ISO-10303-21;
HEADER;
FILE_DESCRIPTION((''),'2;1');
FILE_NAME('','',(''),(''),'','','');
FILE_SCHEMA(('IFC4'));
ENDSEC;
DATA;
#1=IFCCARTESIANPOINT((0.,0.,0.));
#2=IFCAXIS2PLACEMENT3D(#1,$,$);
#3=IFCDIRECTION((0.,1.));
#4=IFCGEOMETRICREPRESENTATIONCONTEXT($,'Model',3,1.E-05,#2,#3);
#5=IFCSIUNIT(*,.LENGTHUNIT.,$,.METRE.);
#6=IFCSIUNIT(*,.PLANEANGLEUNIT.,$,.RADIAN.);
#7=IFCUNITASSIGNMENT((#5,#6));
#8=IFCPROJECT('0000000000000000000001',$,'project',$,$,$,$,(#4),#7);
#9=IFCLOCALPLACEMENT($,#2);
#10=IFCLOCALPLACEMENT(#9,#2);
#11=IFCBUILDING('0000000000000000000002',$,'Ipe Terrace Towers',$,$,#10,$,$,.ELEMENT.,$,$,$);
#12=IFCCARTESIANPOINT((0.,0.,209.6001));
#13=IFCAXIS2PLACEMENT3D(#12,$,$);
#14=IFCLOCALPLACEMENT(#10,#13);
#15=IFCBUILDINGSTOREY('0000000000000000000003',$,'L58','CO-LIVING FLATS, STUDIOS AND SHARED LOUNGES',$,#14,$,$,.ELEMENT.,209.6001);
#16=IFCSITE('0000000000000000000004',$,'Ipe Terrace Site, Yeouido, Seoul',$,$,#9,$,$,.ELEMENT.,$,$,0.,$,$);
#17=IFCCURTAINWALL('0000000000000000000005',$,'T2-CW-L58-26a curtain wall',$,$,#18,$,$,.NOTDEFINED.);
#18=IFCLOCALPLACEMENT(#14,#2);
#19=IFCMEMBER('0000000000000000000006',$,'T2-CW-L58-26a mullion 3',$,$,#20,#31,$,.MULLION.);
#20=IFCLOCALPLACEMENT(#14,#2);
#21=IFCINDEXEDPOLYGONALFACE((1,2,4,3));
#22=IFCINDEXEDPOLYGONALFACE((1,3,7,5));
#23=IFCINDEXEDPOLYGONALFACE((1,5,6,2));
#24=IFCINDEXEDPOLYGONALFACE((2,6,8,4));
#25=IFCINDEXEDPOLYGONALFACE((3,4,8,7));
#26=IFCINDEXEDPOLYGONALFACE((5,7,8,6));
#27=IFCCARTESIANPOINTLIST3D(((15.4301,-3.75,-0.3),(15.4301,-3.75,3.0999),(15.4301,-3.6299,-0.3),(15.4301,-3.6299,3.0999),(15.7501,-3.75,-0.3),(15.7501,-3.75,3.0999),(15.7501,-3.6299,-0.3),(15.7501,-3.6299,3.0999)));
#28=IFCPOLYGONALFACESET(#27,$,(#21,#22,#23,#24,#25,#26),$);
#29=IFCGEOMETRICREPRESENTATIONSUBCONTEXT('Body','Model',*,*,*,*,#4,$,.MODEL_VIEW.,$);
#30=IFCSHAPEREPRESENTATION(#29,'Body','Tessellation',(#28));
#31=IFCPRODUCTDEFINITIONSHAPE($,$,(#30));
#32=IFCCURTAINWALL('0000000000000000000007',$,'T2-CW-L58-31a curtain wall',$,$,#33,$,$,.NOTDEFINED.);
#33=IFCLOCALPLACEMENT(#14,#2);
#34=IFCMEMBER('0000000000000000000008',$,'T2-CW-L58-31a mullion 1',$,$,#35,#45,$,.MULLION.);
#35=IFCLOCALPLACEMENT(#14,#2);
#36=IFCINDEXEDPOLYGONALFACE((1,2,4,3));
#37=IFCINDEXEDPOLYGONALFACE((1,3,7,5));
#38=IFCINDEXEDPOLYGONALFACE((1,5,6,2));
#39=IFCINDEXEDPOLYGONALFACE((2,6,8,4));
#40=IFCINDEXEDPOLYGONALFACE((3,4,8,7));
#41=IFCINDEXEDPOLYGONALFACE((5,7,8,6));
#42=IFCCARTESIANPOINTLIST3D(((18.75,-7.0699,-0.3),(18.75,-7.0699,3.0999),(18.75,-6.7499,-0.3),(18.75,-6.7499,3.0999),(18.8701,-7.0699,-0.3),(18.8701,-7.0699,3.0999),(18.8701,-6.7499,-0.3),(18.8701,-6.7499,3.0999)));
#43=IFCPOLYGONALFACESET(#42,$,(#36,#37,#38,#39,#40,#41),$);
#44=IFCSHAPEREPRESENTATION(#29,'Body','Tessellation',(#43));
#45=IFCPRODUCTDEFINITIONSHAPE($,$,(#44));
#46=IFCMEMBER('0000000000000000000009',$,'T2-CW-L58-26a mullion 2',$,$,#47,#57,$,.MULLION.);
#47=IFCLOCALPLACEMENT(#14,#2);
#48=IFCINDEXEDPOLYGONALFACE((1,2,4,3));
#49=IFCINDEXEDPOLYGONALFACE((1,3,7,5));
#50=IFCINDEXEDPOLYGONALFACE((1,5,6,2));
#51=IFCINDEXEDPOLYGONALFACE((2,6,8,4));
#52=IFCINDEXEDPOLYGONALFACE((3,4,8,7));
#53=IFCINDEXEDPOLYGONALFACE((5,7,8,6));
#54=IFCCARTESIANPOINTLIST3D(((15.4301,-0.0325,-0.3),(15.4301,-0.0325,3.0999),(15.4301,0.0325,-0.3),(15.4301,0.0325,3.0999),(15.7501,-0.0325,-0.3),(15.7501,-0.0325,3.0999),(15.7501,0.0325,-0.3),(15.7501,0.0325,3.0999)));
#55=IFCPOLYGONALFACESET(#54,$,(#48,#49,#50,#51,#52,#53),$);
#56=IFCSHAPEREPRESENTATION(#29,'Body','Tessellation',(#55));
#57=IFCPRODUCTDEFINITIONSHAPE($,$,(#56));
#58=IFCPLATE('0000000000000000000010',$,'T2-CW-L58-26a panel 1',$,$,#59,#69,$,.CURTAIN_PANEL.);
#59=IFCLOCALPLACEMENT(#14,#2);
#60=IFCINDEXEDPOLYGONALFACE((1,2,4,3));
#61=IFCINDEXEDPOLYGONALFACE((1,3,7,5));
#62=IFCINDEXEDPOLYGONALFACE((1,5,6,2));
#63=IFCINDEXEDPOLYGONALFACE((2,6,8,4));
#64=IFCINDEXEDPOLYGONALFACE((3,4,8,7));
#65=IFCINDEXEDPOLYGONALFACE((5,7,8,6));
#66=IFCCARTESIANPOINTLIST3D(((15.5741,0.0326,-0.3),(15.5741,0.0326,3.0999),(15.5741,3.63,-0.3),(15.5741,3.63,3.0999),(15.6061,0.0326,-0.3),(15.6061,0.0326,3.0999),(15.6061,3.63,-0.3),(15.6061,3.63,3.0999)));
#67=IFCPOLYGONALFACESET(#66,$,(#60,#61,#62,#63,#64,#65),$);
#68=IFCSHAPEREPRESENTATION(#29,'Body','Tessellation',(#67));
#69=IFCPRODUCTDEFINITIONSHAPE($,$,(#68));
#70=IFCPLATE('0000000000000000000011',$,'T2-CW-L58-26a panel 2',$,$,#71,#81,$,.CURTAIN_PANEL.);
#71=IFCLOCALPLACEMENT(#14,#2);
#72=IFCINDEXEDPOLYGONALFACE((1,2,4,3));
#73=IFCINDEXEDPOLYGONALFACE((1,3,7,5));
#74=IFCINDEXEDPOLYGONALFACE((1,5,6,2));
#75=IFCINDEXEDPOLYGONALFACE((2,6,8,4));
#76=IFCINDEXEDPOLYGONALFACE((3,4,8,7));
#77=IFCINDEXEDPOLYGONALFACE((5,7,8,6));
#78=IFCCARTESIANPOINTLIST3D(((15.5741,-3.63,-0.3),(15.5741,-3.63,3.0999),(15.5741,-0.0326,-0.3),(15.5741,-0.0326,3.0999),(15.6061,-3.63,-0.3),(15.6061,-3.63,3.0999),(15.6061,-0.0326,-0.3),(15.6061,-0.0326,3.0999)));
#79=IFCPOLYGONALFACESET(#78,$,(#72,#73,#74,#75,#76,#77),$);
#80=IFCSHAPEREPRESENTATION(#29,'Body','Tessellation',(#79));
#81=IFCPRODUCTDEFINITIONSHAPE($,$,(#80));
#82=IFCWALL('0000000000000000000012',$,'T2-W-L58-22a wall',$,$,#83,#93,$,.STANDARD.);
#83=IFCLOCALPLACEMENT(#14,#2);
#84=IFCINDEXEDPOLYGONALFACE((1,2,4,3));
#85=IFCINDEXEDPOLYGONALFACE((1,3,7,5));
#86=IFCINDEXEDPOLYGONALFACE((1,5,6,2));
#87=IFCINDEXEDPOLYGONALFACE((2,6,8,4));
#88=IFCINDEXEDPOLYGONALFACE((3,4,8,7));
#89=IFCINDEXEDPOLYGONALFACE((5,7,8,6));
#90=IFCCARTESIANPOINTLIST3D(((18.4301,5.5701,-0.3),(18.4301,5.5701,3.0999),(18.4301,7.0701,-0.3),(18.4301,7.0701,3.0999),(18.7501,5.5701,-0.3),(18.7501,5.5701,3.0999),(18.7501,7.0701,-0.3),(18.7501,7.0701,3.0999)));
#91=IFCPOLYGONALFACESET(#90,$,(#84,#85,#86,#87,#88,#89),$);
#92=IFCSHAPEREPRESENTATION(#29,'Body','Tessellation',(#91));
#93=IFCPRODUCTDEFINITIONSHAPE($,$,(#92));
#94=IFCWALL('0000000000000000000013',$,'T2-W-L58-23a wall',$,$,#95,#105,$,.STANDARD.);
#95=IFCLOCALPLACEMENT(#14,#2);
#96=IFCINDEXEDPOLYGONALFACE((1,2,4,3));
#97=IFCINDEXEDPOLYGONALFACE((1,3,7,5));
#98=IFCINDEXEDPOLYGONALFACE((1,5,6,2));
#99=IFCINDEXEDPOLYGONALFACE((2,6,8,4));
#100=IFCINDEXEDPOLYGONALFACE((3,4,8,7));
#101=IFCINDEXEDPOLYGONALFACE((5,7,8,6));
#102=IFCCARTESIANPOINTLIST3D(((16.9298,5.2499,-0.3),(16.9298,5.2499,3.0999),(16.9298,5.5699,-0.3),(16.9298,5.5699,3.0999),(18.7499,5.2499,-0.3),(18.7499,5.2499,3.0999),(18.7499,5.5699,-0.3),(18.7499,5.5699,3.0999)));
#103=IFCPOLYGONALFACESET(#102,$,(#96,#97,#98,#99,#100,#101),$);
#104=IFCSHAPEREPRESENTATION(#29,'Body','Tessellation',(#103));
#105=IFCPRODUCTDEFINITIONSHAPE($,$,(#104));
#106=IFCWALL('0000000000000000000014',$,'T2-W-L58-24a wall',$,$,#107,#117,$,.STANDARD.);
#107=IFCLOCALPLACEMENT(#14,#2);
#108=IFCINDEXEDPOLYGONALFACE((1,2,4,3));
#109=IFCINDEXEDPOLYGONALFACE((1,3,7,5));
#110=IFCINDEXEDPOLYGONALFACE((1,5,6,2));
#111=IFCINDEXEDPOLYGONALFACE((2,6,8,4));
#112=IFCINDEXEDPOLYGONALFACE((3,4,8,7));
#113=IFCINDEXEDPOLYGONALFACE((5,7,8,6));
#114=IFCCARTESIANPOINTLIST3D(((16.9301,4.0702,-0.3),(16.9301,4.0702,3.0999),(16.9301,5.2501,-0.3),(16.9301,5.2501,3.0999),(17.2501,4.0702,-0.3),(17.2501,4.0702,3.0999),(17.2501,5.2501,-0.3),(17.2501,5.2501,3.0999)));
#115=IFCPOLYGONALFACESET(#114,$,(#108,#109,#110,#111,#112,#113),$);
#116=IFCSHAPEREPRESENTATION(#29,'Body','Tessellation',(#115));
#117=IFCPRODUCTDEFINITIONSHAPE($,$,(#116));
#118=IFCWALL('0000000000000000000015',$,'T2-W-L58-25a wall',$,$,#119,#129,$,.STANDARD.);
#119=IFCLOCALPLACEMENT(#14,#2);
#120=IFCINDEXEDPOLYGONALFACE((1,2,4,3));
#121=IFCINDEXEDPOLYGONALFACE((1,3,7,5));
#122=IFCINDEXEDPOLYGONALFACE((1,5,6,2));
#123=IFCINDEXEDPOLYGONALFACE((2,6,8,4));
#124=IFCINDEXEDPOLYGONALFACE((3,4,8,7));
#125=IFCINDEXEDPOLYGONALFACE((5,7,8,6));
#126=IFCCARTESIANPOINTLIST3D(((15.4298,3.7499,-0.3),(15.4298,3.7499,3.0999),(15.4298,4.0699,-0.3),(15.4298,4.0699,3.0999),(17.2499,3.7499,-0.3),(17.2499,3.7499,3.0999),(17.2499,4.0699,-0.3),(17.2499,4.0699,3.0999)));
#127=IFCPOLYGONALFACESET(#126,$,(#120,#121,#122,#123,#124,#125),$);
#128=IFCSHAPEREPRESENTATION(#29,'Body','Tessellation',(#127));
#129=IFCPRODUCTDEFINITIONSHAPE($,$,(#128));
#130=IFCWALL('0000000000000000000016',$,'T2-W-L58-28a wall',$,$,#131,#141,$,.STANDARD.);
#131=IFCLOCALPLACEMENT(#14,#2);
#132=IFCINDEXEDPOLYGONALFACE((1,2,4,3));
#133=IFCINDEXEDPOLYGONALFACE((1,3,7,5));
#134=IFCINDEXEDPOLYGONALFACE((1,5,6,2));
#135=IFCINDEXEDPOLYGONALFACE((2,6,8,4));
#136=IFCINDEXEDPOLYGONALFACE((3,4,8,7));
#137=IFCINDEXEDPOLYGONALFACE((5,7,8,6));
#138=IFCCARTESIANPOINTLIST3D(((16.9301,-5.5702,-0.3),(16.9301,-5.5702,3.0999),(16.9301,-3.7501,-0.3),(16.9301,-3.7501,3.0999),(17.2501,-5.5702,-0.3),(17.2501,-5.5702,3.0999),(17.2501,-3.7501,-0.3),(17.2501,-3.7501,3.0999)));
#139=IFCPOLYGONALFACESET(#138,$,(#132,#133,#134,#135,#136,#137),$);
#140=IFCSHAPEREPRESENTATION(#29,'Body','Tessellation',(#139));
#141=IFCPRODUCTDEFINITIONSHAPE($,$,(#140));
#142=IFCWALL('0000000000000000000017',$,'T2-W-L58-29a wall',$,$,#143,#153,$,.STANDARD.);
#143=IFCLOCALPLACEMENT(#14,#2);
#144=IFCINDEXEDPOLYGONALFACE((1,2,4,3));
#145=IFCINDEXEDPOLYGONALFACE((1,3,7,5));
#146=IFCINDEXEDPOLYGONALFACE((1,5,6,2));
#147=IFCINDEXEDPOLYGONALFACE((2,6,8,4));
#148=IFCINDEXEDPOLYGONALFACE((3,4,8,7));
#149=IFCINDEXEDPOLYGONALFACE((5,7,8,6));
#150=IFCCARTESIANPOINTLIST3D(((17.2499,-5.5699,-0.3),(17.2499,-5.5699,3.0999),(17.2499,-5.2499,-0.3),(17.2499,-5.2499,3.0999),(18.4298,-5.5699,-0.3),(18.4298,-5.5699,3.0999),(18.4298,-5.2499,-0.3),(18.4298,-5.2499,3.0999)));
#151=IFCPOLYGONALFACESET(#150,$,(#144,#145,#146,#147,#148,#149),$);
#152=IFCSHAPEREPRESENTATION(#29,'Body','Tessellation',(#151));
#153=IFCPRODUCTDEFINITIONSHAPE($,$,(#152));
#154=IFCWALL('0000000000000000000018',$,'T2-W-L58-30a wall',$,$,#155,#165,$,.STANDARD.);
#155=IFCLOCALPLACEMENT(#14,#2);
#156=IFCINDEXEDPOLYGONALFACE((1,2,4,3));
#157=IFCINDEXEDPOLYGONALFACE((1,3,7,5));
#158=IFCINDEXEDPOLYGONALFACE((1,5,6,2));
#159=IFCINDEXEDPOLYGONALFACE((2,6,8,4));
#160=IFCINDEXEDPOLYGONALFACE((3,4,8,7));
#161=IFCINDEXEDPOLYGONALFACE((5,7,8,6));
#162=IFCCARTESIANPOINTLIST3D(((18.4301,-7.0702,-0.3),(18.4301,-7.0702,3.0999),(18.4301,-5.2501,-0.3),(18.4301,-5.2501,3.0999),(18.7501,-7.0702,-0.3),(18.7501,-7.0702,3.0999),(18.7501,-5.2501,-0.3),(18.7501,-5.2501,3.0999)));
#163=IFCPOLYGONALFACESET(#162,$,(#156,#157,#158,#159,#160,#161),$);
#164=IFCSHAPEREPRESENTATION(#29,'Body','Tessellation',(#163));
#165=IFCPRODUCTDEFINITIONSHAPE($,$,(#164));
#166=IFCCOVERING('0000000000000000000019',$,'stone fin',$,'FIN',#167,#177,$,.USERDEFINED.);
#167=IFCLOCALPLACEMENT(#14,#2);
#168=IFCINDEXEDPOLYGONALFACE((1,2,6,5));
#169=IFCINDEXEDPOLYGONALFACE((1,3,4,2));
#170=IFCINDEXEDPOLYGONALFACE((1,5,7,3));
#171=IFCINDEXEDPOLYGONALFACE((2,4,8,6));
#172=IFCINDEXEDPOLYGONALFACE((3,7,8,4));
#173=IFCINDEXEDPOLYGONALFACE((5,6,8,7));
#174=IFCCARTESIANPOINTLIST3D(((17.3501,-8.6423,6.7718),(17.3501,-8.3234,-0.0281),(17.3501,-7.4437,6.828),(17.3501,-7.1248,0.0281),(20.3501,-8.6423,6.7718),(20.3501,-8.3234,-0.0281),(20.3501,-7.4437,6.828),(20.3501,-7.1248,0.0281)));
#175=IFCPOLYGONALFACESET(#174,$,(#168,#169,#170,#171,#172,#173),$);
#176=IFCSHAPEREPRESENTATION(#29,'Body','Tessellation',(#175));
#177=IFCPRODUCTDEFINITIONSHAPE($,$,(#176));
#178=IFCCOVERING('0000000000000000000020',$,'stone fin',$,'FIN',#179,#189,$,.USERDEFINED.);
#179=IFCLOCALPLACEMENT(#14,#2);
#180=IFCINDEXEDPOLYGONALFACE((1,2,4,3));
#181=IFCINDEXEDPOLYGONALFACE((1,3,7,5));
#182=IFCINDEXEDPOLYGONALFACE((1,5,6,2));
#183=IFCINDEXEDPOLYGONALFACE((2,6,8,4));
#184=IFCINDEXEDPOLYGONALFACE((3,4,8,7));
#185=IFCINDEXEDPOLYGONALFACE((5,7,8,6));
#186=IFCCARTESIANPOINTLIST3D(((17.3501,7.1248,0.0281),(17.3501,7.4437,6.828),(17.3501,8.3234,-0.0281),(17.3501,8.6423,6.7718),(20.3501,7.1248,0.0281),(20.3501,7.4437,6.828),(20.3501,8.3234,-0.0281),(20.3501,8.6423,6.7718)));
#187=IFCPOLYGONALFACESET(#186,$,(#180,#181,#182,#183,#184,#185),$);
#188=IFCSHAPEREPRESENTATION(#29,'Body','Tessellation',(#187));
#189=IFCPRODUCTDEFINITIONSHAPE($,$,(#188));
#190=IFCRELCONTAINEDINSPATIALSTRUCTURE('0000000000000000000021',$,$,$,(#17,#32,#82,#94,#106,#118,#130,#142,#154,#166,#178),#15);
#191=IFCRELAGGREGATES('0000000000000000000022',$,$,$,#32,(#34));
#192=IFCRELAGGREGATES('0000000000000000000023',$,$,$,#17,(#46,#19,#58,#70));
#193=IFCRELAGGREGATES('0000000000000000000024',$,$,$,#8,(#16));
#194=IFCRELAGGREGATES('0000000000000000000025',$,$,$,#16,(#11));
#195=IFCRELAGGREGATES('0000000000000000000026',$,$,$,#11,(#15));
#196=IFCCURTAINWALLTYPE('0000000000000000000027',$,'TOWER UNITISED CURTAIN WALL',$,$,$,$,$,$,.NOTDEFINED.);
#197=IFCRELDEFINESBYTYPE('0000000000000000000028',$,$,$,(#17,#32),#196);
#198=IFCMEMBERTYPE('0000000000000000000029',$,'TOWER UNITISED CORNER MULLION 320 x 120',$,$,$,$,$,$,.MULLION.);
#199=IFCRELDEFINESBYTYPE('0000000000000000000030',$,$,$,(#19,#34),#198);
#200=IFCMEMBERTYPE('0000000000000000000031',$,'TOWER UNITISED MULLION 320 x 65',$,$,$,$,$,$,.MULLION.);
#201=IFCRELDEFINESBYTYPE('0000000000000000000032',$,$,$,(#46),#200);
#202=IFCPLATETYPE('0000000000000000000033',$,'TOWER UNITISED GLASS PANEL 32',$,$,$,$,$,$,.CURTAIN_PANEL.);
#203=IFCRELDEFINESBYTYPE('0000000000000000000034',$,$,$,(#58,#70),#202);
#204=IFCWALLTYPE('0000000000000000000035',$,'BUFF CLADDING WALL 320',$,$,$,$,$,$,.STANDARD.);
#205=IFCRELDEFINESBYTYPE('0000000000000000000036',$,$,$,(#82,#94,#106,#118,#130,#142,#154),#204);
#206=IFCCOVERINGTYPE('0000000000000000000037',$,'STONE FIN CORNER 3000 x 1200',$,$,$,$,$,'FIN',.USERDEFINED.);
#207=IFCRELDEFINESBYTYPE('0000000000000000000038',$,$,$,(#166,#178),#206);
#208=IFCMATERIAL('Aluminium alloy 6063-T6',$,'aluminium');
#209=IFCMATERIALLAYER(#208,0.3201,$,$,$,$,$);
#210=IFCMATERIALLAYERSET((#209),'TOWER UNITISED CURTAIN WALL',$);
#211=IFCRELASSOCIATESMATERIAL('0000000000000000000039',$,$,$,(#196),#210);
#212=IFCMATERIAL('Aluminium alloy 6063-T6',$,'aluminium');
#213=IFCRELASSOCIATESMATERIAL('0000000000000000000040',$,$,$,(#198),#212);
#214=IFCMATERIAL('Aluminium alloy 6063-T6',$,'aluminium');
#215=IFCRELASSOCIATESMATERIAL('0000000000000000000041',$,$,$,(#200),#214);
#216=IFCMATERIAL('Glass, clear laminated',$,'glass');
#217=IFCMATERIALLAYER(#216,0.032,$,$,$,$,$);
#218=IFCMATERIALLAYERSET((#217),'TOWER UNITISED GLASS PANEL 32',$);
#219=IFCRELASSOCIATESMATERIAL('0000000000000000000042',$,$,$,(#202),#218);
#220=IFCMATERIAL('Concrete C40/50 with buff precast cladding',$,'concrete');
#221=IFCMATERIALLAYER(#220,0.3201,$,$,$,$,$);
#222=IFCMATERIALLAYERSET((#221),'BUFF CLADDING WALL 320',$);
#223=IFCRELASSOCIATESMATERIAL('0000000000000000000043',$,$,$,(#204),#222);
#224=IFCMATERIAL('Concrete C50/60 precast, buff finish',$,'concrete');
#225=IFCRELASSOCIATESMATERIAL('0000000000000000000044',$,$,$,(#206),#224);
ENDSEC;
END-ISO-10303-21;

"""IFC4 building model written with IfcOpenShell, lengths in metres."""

from ifc_helpers import new_model, si_unit, direction, frame, frame_2d, origin, origin_2d, place, context, subcontext, project, spatial, rectangle, extrude, material, layer, layer_set, material_profile, profile_set, type_object, element, aggregate, save


model = new_model("IFC4")

# Units and contexts
model_context = context("Model", 3, precision=1e-05, world=origin(), true_north=direction((0.0, 1.0)))
body_context = subcontext(model_context, "Body", "Model", "MODEL_VIEW")
ifc_project = project(units=[si_unit("LENGTHUNIT", "METRE"), si_unit("PLANEANGLEUNIT", "RADIAN")], contexts=[model_context])

# Site, building, storey
site_placement = place(None, origin())
site = spatial("IfcSite", under=ifc_project, at=site_placement, Name="Ipe Terrace Site, Yeouido, Seoul", CompositionType="ELEMENT", RefElevation=0.0)
building_placement = place(site_placement, origin())
building = spatial("IfcBuilding", under=site, at=building_placement, Name="Ipe Terrace Towers", CompositionType="ELEMENT")
storey_placement = place(building_placement, frame((0.0, 0.0, 209.6001)))
storey = spatial("IfcBuildingStorey", under=building, at=storey_placement, Name="L58", Description="CO-LIVING FLATS, STUDIOS AND SHARED LOUNGES", CompositionType="ELEMENT", Elevation=209.6001)

# Shared definitions
ifc_material_1 = material(Name="Aluminium alloy 6063-T6", Category="aluminium")
ifc_layer_1 = layer(ifc_material_1, 0.3201)
ifc_layer_set_1 = layer_set([ifc_layer_1], Name="TOWER UNITISED CURTAIN WALL")
curtain_wall_type = type_object("IfcCurtainWallType", Name="TOWER UNITISED CURTAIN WALL", PredefinedType="NOTDEFINED", material=ifc_layer_set_1)
ifc_material_2 = material(Name="Aluminium alloy 6063-T6", Category="aluminium")
ifc_material_profile_1 = material_profile(ifc_material_2, rectangle(XDim=0.3201, YDim=0.1201, at=origin_2d()), Name="TOWER UNITISED CORNER MULLION 320 x 120")
ifc_profile_set_1 = profile_set([ifc_material_profile_1], Name="Aluminium alloy 6063-T6")
member_type_1 = type_object("IfcMemberType", Name="TOWER UNITISED CORNER MULLION 320 x 120", PredefinedType="MULLION", material=ifc_profile_set_1)

# Curtain wall, member
curtain_wall_1_placement = place(storey_placement, origin())
curtain_wall_1 = element("IfcCurtainWall", 1, at=curtain_wall_1_placement, inside=storey, type_object=curtain_wall_type, Name="T2-CW-L58-26a curtain wall", PredefinedType="NOTDEFINED")
member_1_placement = place(storey_placement, frame((15.5901, -3.6899, -0.3), z_axis=(0.0, 0.0, 1.0), x_axis=(-1.0, 0.0, 0.0)))
member_1 = element("IfcMember", 2, at=member_1_placement, type_object=member_type_1, Name="T2-CW-L58-26a mullion 3", PredefinedType="MULLION", context=body_context, shape_type="SweptSolid", body=[
    extrude(rectangle(XDim=0.3201, YDim=0.1201, at=origin_2d()), origin(), (0.0, 0.0, 1.0), 3.3999),
])

# Curtain wall, member
curtain_wall_2_placement = place(storey_placement, origin())
curtain_wall_2 = element("IfcCurtainWall", 3, at=curtain_wall_2_placement, inside=storey, type_object=curtain_wall_type, Name="T2-CW-L58-31a curtain wall", PredefinedType="NOTDEFINED")
member_2_placement = place(storey_placement, frame((18.8101, -6.9099, -0.3), z_axis=(0.0, 0.0, 1.0), x_axis=(0.0, -1.0, 0.0)))
member_2 = element("IfcMember", 4, at=member_2_placement, type_object=member_type_1, Name="T2-CW-L58-31a mullion 1", PredefinedType="MULLION", context=body_context, shape_type="SweptSolid", body=[
    extrude(rectangle(XDim=0.3201, YDim=0.1201, at=origin_2d()), origin(), (0.0, 0.0, 1.0), 3.3999),
])
aggregate(curtain_wall_2, [member_2])

# Member
ifc_material_3 = material(Name="Aluminium alloy 6063-T6", Category="aluminium")
ifc_material_profile_2 = material_profile(ifc_material_3, rectangle(XDim=0.3201, YDim=0.0649, at=origin_2d()), Name="TOWER UNITISED MULLION 320 x 65")
ifc_profile_set_2 = profile_set([ifc_material_profile_2], Name="Aluminium alloy 6063-T6")
member_type_2 = type_object("IfcMemberType", Name="TOWER UNITISED MULLION 320 x 65", PredefinedType="MULLION", material=ifc_profile_set_2)
member_3_placement = place(storey_placement, frame((15.5901, 0.0, -0.3), z_axis=(0.0, 0.0, 1.0), x_axis=(-1.0, 0.0, 0.0)))
member_3 = element("IfcMember", 5, at=member_3_placement, type_object=member_type_2, Name="T2-CW-L58-26a mullion 2", PredefinedType="MULLION", context=body_context, shape_type="SweptSolid", body=[
    extrude(rectangle(XDim=0.3201, YDim=0.0649, at=origin_2d()), origin(), (0.0, 0.0, 1.0), 3.3999),
])

# Plates
ifc_material_4 = material(Name="Glass, clear laminated", Category="glass")
ifc_layer_2 = layer(ifc_material_4, 0.032)
ifc_layer_set_2 = layer_set([ifc_layer_2], Name="TOWER UNITISED GLASS PANEL 32")
plate_type = type_object("IfcPlateType", Name="TOWER UNITISED GLASS PANEL 32", PredefinedType="CURTAIN_PANEL", material=ifc_layer_set_2)
plate_1_placement = place(storey_placement, frame((15.5901, 1.8313, -0.3), z_axis=(0.0, 0.0, 1.0), x_axis=(0.0, -1.0, 0.0)))
plate_1 = element("IfcPlate", 6, at=plate_1_placement, type_object=plate_type, Name="T2-CW-L58-26a panel 1", PredefinedType="CURTAIN_PANEL", context=body_context, shape_type="SweptSolid", body=[
    extrude(rectangle(XDim=3.5974, YDim=0.032, at=origin_2d()), origin(), (0.0, 0.0, 1.0), 3.3999),
])
plate_2_placement = place(storey_placement, frame((15.5901, -1.8313, -0.3), z_axis=(0.0, 0.0, 1.0), x_axis=(0.0, -1.0, 0.0)))
plate_2 = element("IfcPlate", 7, at=plate_2_placement, type_object=plate_type, Name="T2-CW-L58-26a panel 2", PredefinedType="CURTAIN_PANEL", context=body_context, shape_type="SweptSolid", body=[
    extrude(rectangle(XDim=3.5974, YDim=0.032, at=origin_2d()), origin(), (0.0, 0.0, 1.0), 3.3999),
])
aggregate(curtain_wall_1, [member_3, member_1, plate_1, plate_2])

# Walls
ifc_material_5 = material(Name="Concrete C40/50 with buff precast cladding", Category="concrete")
ifc_layer_3 = layer(ifc_material_5, 0.3201)
ifc_layer_set_3 = layer_set([ifc_layer_3], Name="BUFF CLADDING WALL 320")
wall_type = type_object("IfcWallType", Name="BUFF CLADDING WALL 320", PredefinedType="STANDARD", material=ifc_layer_set_3)
wall_1_placement = place(storey_placement, frame((18.5901, 7.0701, -0.3), z_axis=(0.0, 0.0, 1.0), x_axis=(0.0, -1.0, 0.0)))
element("IfcWall", 8, at=wall_1_placement, inside=storey, type_object=wall_type, Name="T2-W-L58-22a wall", PredefinedType="STANDARD", context=body_context, shape_type="SweptSolid", body=[
    extrude(rectangle(XDim=1.5, YDim=0.3201, at=frame_2d((0.75, 0.0))), origin(), (0.0, 0.0, 1.0), 3.3999),
])
wall_2_placement = place(storey_placement, frame((18.75, 5.4099, -0.3), z_axis=(0.0, 0.0, 1.0), x_axis=(-1.0, 0.0, 0.0)))
element("IfcWall", 9, at=wall_2_placement, inside=storey, type_object=wall_type, Name="T2-W-L58-23a wall", PredefinedType="STANDARD", context=body_context, shape_type="SweptSolid", body=[
    extrude(rectangle(XDim=1.8201, YDim=0.3201, at=frame_2d((0.9102, 0.0))), origin(), (0.0, 0.0, 1.0), 3.3999),
])
wall_3_placement = place(storey_placement, frame((17.0901, 5.25, -0.3), z_axis=(0.0, 0.0, 1.0), x_axis=(0.0, -1.0, 0.0)))
element("IfcWall", 10, at=wall_3_placement, inside=storey, type_object=wall_type, Name="T2-W-L58-24a wall", PredefinedType="STANDARD", context=body_context, shape_type="SweptSolid", body=[
    extrude(rectangle(XDim=1.1799, YDim=0.3201, at=frame_2d((0.5898, 0.0))), origin(), (0.0, 0.0, 1.0), 3.3999),
])
for number, where, z_axis, x_axis, name in (
    (11, (17.25, 3.9099, -0.3), (0.0, 0.0, 1.0), (-1.0, 0.0, 0.0), "T2-W-L58-25a wall"),
    (12, (17.0901, -3.75, -0.3), (0.0, 0.0, 1.0), (0.0, -1.0, 0.0), "T2-W-L58-28a wall"),
):
    element("IfcWall", number, at=place(storey_placement, frame(where, z_axis=z_axis, x_axis=x_axis)), inside=storey, type_object=wall_type, Name=name, PredefinedType="STANDARD", context=body_context, shape_type="SweptSolid", body=[
        extrude(rectangle(XDim=1.8201, YDim=0.3201, at=frame_2d((0.9102, 0.0))), origin(), (0.0, 0.0, 1.0), 3.3999),
    ])
wall_4_placement = place(storey_placement, frame((17.25, -5.4099, -0.3), z_axis=(0.0, 0.0, 1.0), x_axis=(1.0, 0.0, 0.0)))
element("IfcWall", 13, at=wall_4_placement, inside=storey, type_object=wall_type, Name="T2-W-L58-29a wall", PredefinedType="STANDARD", context=body_context, shape_type="SweptSolid", body=[
    extrude(rectangle(XDim=1.1799, YDim=0.3201, at=frame_2d((0.5898, 0.0))), origin(), (0.0, 0.0, 1.0), 3.3999),
])
wall_5_placement = place(storey_placement, frame((18.5901, -5.25, -0.3), z_axis=(0.0, 0.0, 1.0), x_axis=(0.0, -1.0, 0.0)))
element("IfcWall", 14, at=wall_5_placement, inside=storey, type_object=wall_type, Name="T2-W-L58-30a wall", PredefinedType="STANDARD", context=body_context, shape_type="SweptSolid", body=[
    extrude(rectangle(XDim=1.8201, YDim=0.3201, at=frame_2d((0.9102, 0.0))), origin(), (0.0, 0.0, 1.0), 3.3999),
])

# Coverings
ifc_material_6 = material(Name="Concrete C50/60 precast, buff finish", Category="concrete")
ifc_material_profile_3 = material_profile(ifc_material_6, rectangle(XDim=3.0, YDim=1.2, at=origin_2d()), Name="STONE FIN CORNER 3000 x 1200")
ifc_profile_set_3 = profile_set([ifc_material_profile_3], Name="Concrete C50/60 precast, buff finish")
covering_type_1 = type_object("IfcCoveringType", Name="STONE FIN CORNER 3000 x 1200", ElementType="FIN", PredefinedType="USERDEFINED", material=ifc_profile_set_3)
for number, where, z_axis, x_axis, name in (
    (15, (18.8501, -7.7241, 0.0), (0.0, -0.046839, 0.998902), (1.0, 0.0, 0.0), "stone fin"),
    (16, (18.8501, 7.7241, 0.0), (0.0, 0.046839, 0.998902), (-1.0, 0.0, 0.0), "stone fin"),
):
    element("IfcCovering", number, at=place(storey_placement, frame(where, z_axis=z_axis, x_axis=x_axis)), inside=storey, type_object=covering_type_1, Name=name, ObjectType="FIN", PredefinedType="USERDEFINED", context=body_context, shape_type="SweptSolid", body=[
        extrude(rectangle(XDim=3.0, YDim=1.2, at=origin_2d()), origin(), (0.0, 0.0, 1.0), 6.8074),
    ])

save(model, "model.ifc")
